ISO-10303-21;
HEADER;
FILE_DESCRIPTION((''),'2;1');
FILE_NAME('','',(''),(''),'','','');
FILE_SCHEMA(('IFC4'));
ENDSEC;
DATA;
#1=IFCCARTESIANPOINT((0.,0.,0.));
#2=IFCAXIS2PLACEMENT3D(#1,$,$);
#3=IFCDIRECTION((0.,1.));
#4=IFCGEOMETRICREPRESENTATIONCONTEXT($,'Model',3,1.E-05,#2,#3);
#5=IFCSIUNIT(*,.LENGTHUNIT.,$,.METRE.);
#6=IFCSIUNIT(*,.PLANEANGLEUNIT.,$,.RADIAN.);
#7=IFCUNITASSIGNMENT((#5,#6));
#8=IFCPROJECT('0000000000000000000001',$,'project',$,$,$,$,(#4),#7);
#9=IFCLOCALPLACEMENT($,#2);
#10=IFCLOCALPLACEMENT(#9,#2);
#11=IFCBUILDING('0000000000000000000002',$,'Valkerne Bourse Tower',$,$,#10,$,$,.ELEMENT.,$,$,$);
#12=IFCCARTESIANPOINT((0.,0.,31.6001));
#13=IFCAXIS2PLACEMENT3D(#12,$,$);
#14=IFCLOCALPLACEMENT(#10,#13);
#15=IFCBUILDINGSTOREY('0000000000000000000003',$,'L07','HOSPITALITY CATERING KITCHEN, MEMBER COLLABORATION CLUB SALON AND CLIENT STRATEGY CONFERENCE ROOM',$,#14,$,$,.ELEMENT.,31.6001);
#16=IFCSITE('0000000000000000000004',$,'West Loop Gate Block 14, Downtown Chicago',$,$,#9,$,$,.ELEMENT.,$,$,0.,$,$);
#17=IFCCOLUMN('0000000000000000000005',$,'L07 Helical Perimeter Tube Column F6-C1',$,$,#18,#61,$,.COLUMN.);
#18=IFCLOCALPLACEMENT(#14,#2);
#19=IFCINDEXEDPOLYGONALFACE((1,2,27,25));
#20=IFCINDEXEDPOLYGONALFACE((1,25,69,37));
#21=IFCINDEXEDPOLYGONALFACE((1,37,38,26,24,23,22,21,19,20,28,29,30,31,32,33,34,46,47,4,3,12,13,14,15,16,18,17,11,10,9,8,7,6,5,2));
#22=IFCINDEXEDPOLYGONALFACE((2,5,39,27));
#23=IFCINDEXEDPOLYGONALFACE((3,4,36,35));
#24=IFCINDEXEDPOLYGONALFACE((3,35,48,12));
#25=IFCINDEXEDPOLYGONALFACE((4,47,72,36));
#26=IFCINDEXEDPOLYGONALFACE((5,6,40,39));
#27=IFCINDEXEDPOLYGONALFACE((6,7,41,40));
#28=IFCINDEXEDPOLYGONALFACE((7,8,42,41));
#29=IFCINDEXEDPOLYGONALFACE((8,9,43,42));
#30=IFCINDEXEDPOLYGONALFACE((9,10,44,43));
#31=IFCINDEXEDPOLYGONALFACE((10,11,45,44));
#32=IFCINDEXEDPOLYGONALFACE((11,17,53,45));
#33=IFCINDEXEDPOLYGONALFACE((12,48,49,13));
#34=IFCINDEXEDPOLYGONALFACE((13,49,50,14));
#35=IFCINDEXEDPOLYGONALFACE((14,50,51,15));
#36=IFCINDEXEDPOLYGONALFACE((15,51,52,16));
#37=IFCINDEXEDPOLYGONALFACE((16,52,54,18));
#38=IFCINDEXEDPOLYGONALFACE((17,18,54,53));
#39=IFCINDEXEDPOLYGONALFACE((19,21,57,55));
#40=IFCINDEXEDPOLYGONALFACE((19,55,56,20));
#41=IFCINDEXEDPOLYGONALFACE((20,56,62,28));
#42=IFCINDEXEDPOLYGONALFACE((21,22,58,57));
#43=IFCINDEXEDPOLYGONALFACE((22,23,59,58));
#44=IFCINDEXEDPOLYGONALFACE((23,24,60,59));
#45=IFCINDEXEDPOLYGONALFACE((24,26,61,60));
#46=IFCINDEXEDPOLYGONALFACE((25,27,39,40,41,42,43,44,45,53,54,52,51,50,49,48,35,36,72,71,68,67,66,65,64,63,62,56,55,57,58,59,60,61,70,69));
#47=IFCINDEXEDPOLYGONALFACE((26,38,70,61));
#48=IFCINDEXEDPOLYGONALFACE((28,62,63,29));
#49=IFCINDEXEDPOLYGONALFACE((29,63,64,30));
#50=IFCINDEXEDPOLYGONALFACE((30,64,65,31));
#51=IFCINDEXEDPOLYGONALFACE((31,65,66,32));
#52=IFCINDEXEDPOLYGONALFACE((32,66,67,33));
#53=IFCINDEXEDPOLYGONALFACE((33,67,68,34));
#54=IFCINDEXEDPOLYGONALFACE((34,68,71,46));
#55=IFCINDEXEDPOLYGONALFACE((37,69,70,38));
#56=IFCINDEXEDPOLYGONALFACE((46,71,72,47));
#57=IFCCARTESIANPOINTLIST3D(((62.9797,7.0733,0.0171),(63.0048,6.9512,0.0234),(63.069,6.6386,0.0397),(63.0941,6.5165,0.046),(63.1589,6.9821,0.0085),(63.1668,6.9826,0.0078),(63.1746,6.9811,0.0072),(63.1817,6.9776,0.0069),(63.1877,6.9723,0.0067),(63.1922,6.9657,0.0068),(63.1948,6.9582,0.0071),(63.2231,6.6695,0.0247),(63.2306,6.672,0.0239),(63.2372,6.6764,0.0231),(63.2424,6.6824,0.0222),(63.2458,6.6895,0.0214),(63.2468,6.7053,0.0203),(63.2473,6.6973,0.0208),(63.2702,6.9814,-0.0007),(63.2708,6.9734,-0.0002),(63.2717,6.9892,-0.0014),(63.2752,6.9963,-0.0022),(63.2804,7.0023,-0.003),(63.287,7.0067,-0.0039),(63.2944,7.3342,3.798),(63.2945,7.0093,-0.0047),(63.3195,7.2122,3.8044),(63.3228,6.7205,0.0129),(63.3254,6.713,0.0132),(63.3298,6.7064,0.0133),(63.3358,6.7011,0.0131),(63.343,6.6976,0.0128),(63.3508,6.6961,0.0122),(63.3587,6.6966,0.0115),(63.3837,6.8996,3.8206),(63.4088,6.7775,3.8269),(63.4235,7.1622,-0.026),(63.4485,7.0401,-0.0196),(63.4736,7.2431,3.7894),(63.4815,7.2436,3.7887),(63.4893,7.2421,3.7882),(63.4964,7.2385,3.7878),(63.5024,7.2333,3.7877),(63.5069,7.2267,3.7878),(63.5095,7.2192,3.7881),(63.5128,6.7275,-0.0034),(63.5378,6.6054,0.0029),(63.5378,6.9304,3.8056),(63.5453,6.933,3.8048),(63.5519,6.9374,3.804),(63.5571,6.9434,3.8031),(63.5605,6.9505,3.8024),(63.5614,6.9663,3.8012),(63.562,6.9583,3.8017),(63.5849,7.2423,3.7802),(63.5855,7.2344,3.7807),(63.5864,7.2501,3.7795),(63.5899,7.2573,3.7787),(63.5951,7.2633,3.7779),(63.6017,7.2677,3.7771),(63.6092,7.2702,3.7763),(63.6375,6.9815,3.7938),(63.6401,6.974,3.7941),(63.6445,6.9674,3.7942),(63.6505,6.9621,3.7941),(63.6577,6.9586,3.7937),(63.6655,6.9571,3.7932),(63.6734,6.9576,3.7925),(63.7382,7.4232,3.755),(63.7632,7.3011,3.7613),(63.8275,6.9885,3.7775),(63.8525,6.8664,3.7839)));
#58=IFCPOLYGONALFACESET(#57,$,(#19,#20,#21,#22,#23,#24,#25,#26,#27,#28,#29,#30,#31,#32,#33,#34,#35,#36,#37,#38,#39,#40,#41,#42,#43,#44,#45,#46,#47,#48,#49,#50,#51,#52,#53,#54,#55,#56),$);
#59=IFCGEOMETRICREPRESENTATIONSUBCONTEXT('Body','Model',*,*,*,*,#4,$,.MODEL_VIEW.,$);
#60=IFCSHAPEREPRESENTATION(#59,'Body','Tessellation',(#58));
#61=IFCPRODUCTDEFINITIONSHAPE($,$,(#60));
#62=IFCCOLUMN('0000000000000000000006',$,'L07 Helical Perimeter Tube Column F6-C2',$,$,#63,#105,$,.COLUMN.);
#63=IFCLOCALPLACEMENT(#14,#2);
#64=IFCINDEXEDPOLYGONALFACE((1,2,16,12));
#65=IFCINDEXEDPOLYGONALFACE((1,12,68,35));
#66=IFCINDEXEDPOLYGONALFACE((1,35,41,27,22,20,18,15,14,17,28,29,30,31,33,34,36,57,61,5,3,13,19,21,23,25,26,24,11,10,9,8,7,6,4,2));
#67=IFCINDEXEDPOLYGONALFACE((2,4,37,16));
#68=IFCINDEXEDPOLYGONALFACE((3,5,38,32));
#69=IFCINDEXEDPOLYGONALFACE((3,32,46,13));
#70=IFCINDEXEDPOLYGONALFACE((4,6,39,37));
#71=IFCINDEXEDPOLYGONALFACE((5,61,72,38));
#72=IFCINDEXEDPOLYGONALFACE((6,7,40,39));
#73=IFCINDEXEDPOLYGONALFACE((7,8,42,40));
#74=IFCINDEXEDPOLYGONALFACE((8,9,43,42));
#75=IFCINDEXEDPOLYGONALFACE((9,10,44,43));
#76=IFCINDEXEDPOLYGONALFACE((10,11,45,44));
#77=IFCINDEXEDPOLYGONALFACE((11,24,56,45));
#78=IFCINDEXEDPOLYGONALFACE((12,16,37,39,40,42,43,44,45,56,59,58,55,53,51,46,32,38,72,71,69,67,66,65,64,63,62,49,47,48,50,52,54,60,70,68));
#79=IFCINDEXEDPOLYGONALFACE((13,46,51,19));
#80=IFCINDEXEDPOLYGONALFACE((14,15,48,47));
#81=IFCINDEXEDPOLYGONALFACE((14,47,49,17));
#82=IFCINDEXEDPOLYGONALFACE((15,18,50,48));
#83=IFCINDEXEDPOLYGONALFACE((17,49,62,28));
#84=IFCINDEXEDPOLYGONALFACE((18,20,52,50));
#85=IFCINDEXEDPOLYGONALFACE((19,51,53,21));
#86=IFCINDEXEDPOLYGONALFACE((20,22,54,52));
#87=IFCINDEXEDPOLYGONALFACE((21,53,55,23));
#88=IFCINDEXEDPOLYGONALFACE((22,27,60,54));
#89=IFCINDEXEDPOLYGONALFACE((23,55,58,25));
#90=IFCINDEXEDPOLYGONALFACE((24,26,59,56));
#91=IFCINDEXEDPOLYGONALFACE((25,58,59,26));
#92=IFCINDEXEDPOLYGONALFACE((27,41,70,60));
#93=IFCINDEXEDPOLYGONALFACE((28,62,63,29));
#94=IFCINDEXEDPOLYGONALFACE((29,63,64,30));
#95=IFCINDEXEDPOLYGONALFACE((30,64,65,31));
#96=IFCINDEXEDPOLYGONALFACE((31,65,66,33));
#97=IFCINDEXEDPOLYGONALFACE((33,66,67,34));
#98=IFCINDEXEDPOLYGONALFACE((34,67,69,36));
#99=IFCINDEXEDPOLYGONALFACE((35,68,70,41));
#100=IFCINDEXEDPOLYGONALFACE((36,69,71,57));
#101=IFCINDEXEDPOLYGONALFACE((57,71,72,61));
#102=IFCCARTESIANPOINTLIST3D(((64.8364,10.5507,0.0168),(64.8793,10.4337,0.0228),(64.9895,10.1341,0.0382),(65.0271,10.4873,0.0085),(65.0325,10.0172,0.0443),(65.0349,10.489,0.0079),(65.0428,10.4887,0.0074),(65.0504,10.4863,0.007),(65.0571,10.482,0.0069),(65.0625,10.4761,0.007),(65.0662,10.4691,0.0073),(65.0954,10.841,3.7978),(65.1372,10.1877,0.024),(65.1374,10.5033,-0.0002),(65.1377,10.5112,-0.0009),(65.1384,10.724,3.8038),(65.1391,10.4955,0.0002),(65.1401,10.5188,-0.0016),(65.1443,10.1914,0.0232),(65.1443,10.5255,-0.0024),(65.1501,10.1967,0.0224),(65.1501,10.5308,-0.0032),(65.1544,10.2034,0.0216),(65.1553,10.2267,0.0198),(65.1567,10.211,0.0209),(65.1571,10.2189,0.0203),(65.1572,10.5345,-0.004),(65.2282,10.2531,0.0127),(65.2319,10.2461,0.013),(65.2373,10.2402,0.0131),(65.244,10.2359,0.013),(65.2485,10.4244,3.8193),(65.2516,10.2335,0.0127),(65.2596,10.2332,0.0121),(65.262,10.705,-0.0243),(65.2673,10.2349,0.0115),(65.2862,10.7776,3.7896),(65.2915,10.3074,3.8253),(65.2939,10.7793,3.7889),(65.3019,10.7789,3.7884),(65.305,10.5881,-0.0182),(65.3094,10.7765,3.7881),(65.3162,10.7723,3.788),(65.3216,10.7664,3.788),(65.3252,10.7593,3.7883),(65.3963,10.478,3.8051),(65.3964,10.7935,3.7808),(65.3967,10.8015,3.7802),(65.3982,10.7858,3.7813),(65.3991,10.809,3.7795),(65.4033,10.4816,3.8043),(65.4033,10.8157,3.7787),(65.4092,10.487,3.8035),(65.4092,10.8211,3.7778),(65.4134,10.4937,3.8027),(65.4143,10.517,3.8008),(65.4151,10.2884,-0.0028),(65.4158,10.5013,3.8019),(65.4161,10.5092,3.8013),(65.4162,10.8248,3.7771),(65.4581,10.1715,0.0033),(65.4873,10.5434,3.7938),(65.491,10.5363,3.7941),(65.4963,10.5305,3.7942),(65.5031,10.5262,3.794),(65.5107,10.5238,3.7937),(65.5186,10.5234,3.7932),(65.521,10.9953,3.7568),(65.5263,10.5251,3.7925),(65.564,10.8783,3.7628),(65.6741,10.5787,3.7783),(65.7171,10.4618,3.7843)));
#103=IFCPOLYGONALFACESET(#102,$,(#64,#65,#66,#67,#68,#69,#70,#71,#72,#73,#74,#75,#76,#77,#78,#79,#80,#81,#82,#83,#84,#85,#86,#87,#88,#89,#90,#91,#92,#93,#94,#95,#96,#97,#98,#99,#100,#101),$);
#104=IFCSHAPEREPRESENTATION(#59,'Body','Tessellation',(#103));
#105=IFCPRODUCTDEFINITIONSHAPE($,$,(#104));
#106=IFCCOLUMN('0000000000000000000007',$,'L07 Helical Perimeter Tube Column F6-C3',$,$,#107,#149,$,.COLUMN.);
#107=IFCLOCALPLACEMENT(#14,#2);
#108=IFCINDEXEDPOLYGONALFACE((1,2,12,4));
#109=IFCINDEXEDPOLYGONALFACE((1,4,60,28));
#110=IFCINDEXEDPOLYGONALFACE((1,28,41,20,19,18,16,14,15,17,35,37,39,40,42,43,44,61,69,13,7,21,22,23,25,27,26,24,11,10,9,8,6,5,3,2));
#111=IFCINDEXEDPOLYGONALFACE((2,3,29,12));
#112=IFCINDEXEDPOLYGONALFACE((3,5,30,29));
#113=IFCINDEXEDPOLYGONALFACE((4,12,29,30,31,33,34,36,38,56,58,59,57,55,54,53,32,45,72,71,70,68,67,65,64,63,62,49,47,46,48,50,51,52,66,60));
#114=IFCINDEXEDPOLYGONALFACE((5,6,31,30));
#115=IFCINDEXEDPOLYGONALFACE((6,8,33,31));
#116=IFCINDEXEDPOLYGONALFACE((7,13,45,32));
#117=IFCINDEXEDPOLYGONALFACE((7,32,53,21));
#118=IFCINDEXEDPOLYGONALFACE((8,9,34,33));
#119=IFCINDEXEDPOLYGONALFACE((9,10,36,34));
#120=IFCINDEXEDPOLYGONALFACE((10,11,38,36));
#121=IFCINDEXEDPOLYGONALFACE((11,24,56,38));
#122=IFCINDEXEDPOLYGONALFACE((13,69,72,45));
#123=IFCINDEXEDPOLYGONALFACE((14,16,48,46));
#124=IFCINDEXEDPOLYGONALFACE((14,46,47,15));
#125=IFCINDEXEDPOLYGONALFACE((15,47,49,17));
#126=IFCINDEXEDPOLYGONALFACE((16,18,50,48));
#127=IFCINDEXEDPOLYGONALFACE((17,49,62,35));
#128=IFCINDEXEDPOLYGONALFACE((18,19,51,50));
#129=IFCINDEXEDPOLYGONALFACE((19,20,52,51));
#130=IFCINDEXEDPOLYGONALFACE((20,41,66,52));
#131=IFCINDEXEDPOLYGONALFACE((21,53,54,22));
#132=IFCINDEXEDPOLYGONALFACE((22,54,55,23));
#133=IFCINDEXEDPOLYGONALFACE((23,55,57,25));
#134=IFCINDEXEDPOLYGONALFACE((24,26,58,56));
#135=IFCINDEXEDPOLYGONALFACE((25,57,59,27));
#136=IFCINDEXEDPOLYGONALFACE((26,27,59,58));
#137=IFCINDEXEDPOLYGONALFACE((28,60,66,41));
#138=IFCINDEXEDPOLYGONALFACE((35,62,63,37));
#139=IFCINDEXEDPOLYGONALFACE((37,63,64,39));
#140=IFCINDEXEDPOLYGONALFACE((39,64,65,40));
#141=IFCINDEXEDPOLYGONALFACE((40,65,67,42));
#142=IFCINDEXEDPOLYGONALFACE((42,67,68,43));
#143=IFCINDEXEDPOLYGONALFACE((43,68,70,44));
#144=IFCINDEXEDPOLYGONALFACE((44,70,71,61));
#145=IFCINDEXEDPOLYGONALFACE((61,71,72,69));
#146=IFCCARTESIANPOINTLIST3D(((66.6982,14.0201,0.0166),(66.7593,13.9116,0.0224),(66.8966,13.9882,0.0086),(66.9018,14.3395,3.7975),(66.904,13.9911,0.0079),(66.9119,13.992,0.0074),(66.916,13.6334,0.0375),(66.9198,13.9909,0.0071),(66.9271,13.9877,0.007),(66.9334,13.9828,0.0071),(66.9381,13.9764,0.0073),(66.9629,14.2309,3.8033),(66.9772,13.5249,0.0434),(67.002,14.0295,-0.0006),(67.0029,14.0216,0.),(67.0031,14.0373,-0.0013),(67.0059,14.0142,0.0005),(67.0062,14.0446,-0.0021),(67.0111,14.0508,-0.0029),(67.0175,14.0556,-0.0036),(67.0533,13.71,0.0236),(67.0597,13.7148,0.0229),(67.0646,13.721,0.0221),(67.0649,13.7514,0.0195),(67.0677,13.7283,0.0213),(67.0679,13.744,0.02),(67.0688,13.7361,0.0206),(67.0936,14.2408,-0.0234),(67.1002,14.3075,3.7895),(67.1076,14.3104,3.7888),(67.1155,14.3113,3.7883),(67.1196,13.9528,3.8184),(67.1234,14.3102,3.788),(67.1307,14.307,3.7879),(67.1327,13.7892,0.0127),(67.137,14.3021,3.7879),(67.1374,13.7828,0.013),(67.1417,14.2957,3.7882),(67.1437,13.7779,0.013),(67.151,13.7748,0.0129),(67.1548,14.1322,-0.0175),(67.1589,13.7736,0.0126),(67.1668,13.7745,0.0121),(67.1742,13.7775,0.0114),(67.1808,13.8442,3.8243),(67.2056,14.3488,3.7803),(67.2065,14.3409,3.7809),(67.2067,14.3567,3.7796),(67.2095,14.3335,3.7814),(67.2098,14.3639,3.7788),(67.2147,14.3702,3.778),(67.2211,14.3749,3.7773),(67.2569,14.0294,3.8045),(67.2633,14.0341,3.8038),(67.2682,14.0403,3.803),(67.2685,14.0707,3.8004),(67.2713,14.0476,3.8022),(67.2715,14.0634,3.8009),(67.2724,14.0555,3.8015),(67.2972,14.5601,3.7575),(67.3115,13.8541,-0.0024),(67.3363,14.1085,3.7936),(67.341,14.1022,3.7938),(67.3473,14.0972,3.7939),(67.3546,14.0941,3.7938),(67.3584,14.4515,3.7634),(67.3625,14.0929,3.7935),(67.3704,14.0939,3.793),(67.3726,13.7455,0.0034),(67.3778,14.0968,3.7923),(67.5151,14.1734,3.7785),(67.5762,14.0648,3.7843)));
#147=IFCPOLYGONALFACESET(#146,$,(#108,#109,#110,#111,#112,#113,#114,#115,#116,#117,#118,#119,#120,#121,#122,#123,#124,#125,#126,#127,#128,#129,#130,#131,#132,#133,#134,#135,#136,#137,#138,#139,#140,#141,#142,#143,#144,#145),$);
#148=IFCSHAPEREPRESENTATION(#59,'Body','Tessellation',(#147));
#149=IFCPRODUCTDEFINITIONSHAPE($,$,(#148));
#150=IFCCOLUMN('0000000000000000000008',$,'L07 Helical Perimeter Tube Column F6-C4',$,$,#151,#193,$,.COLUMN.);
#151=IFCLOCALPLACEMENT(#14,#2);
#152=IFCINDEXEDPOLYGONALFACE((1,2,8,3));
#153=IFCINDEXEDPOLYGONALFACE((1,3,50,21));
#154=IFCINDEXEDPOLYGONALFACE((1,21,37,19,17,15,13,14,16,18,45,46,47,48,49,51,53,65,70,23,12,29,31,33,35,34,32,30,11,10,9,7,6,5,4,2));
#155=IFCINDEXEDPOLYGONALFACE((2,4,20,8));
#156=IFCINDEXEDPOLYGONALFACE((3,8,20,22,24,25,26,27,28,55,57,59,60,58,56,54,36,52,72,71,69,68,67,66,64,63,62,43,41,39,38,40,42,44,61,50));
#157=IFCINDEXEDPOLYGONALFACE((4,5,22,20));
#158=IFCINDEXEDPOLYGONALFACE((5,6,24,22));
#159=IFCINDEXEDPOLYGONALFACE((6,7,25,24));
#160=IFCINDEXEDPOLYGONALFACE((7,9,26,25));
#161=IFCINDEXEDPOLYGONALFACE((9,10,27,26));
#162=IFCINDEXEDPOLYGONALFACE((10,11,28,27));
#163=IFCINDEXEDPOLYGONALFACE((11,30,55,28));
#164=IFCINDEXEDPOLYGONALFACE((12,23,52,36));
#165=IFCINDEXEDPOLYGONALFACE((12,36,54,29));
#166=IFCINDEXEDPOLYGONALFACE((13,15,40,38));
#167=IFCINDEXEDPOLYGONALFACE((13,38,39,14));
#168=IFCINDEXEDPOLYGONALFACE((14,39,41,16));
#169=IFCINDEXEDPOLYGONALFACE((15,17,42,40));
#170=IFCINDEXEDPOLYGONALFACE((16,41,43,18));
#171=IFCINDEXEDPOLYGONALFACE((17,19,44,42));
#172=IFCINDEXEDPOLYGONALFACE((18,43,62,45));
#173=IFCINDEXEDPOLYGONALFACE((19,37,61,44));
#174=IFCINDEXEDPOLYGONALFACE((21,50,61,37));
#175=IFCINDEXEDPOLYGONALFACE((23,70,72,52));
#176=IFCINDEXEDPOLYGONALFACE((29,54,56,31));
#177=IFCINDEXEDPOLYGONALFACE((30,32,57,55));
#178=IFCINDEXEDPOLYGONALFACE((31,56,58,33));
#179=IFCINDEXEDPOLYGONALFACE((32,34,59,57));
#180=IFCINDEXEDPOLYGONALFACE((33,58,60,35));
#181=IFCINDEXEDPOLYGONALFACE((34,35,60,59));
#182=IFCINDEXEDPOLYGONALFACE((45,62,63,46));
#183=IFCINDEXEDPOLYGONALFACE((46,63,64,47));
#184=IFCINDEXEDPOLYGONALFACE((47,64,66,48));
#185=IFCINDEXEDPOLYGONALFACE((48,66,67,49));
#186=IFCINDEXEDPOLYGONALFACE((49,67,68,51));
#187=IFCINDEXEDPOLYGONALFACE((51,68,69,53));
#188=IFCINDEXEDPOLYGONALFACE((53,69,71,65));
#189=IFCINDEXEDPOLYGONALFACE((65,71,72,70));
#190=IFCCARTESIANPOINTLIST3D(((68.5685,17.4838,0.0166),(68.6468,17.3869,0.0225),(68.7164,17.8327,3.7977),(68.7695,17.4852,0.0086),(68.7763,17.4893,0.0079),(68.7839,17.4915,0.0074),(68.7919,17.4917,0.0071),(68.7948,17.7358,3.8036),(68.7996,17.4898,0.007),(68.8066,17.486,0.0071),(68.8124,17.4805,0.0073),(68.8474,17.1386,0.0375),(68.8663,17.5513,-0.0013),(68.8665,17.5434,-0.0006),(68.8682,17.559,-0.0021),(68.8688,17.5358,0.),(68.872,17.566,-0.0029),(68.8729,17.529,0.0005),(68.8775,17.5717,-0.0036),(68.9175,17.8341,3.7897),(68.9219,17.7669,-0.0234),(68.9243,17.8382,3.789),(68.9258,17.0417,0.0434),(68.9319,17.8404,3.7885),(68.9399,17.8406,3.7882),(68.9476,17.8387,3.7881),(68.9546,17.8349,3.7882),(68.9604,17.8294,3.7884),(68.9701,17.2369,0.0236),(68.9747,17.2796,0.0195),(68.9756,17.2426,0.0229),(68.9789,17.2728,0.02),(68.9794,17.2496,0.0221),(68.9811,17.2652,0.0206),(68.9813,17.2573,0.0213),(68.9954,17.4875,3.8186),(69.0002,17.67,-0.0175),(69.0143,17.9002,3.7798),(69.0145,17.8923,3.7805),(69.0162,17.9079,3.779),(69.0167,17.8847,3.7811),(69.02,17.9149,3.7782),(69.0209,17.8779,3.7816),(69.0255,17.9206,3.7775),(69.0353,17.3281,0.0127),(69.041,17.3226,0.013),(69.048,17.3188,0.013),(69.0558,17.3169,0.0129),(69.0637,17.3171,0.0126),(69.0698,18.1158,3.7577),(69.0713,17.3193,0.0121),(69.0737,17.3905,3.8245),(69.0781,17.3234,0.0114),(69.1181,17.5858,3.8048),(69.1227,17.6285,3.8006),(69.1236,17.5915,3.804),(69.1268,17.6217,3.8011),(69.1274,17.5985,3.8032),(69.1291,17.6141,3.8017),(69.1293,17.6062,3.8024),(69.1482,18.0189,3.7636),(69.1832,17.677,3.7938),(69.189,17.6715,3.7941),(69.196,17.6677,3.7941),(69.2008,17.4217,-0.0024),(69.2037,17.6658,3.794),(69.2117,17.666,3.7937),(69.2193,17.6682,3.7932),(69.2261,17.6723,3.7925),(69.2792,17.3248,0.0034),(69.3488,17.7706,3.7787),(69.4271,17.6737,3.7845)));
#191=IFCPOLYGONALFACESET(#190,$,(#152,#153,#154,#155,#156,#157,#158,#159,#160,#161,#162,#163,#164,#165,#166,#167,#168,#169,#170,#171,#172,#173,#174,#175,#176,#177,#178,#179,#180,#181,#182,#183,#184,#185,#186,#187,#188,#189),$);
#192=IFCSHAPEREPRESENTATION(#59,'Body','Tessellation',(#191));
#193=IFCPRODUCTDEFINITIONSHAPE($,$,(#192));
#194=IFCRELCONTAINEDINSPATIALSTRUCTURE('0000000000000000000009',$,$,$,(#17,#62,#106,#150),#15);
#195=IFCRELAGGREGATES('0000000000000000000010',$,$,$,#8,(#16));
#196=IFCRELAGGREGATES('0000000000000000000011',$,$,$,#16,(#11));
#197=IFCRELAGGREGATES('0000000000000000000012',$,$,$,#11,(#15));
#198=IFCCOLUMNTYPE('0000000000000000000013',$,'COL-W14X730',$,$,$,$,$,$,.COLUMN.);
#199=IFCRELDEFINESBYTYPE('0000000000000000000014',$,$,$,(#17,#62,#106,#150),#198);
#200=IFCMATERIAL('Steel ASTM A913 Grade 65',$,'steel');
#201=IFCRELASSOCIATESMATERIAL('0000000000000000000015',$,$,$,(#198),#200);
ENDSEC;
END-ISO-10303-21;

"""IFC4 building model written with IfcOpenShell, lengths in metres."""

from ifc_helpers import new_model, si_unit, direction, frame, origin, origin_2d, place, context, subcontext, project, spatial, i_section, extrude, material, material_profile, profile_set, type_object, element, save


model = new_model("IFC4")

# Units and contexts
model_context = context("Model", 3, precision=1e-05, world=origin(), true_north=direction((0.0, 1.0)))
body_context = subcontext(model_context, "Body", "Model", "MODEL_VIEW")
ifc_project = project(units=[si_unit("LENGTHUNIT", "METRE"), si_unit("PLANEANGLEUNIT", "RADIAN")], contexts=[model_context])

# Site, building, storey
site_placement = place(None, origin())
site = spatial("IfcSite", under=ifc_project, at=site_placement, Name="West Loop Gate Block 14, Downtown Chicago", CompositionType="ELEMENT", RefElevation=0.0)
building_placement = place(site_placement, origin())
building = spatial("IfcBuilding", under=site, at=building_placement, Name="Valkerne Bourse Tower", CompositionType="ELEMENT")
storey_placement = place(building_placement, frame((0.0, 0.0, 31.6001)))
storey = spatial("IfcBuildingStorey", under=building, at=storey_placement, Name="L07", Description="HOSPITALITY CATERING KITCHEN, MEMBER COLLABORATION CLUB SALON AND CLIENT STRATEGY CONFERENCE ROOM", CompositionType="ELEMENT", Elevation=31.6001)

# Columns
ifc_material_1 = material(Name="Steel ASTM A913 Grade 65", Category="steel")
ifc_material_profile_1 = material_profile(ifc_material_1, i_section(OverallWidth=0.4546, OverallDepth=0.5691, WebThickness=0.0779, FlangeThickness=0.1248, FilletRadius=0.0305, at=origin_2d()), Name="W14X730")
ifc_profile_set_1 = profile_set([ifc_material_profile_1], Name="Steel ASTM A913 Grade 65")
column_type = type_object("IfcColumnType", Name="COL-W14X730", PredefinedType="COLUMN", material=ifc_profile_set_1)
column_1_placement = place(storey_placement, frame((63.2588, 6.8394, 0.01), z_axis=(0.082749, 0.068626, 0.994205), x_axis=(-0.976098, -0.195591, 0.094743)))
element("IfcColumn", 1, at=column_1_placement, inside=storey, type_object=column_type, Name="L07 Helical Perimeter Tube Column F6-C1", PredefinedType="COLUMN", context=body_context, shape_type="SweptSolid", body=[
    extrude(i_section(OverallWidth=0.4546, OverallDepth=0.5691, WebThickness=0.0779, FlangeThickness=0.1248, FilletRadius=0.0305, at=origin_2d()), origin(), (0.0, 0.0, 1.0), 3.803),
])
column_2_placement = place(storey_placement, frame((65.1472, 10.3611, 0.01), z_axis=(0.068149, 0.076371, 0.994748), x_axis=(-0.936276, -0.339484, 0.090207)))
element("IfcColumn", 2, at=column_2_placement, inside=storey, type_object=column_type, Name="L07 Helical Perimeter Tube Column F6-C2", PredefinedType="COLUMN", context=body_context, shape_type="SweptSolid", body=[
    extrude(i_section(OverallWidth=0.4546, OverallDepth=0.5691, WebThickness=0.0779, FlangeThickness=0.1248, FilletRadius=0.0305, at=origin_2d()), origin(), (0.0, 0.0, 1.0), 3.801),
])
column_3_placement = place(storey_placement, frame((67.0354, 13.8828, 0.01), z_axis=(0.053583, 0.084037, 0.995021), x_axis=(-0.8699, -0.485345, 0.087837)))
element("IfcColumn", 3, at=column_3_placement, inside=storey, type_object=column_type, Name="L07 Helical Perimeter Tube Column F6-C3", PredefinedType="COLUMN", context=body_context, shape_type="SweptSolid", body=[
    extrude(i_section(OverallWidth=0.4546, OverallDepth=0.5691, WebThickness=0.0779, FlangeThickness=0.1248, FilletRadius=0.0305, at=origin_2d()), origin(), (0.0, 0.0, 1.0), 3.7998),
])
column_4_placement = place(storey_placement, frame((68.9238, 17.4043, 0.01), z_axis=(0.038935, 0.091811, 0.995015), x_axis=(-0.777409, -0.622825, 0.087888)))
element("IfcColumn", 4, at=column_4_placement, inside=storey, type_object=column_type, Name="L07 Helical Perimeter Tube Column F6-C4", PredefinedType="COLUMN", context=body_context, shape_type="SweptSolid", body=[
    extrude(i_section(OverallWidth=0.4546, OverallDepth=0.5691, WebThickness=0.0779, FlangeThickness=0.1248, FilletRadius=0.0305, at=origin_2d()), origin(), (0.0, 0.0, 1.0), 3.8),
])

save(model, "model.ifc")
